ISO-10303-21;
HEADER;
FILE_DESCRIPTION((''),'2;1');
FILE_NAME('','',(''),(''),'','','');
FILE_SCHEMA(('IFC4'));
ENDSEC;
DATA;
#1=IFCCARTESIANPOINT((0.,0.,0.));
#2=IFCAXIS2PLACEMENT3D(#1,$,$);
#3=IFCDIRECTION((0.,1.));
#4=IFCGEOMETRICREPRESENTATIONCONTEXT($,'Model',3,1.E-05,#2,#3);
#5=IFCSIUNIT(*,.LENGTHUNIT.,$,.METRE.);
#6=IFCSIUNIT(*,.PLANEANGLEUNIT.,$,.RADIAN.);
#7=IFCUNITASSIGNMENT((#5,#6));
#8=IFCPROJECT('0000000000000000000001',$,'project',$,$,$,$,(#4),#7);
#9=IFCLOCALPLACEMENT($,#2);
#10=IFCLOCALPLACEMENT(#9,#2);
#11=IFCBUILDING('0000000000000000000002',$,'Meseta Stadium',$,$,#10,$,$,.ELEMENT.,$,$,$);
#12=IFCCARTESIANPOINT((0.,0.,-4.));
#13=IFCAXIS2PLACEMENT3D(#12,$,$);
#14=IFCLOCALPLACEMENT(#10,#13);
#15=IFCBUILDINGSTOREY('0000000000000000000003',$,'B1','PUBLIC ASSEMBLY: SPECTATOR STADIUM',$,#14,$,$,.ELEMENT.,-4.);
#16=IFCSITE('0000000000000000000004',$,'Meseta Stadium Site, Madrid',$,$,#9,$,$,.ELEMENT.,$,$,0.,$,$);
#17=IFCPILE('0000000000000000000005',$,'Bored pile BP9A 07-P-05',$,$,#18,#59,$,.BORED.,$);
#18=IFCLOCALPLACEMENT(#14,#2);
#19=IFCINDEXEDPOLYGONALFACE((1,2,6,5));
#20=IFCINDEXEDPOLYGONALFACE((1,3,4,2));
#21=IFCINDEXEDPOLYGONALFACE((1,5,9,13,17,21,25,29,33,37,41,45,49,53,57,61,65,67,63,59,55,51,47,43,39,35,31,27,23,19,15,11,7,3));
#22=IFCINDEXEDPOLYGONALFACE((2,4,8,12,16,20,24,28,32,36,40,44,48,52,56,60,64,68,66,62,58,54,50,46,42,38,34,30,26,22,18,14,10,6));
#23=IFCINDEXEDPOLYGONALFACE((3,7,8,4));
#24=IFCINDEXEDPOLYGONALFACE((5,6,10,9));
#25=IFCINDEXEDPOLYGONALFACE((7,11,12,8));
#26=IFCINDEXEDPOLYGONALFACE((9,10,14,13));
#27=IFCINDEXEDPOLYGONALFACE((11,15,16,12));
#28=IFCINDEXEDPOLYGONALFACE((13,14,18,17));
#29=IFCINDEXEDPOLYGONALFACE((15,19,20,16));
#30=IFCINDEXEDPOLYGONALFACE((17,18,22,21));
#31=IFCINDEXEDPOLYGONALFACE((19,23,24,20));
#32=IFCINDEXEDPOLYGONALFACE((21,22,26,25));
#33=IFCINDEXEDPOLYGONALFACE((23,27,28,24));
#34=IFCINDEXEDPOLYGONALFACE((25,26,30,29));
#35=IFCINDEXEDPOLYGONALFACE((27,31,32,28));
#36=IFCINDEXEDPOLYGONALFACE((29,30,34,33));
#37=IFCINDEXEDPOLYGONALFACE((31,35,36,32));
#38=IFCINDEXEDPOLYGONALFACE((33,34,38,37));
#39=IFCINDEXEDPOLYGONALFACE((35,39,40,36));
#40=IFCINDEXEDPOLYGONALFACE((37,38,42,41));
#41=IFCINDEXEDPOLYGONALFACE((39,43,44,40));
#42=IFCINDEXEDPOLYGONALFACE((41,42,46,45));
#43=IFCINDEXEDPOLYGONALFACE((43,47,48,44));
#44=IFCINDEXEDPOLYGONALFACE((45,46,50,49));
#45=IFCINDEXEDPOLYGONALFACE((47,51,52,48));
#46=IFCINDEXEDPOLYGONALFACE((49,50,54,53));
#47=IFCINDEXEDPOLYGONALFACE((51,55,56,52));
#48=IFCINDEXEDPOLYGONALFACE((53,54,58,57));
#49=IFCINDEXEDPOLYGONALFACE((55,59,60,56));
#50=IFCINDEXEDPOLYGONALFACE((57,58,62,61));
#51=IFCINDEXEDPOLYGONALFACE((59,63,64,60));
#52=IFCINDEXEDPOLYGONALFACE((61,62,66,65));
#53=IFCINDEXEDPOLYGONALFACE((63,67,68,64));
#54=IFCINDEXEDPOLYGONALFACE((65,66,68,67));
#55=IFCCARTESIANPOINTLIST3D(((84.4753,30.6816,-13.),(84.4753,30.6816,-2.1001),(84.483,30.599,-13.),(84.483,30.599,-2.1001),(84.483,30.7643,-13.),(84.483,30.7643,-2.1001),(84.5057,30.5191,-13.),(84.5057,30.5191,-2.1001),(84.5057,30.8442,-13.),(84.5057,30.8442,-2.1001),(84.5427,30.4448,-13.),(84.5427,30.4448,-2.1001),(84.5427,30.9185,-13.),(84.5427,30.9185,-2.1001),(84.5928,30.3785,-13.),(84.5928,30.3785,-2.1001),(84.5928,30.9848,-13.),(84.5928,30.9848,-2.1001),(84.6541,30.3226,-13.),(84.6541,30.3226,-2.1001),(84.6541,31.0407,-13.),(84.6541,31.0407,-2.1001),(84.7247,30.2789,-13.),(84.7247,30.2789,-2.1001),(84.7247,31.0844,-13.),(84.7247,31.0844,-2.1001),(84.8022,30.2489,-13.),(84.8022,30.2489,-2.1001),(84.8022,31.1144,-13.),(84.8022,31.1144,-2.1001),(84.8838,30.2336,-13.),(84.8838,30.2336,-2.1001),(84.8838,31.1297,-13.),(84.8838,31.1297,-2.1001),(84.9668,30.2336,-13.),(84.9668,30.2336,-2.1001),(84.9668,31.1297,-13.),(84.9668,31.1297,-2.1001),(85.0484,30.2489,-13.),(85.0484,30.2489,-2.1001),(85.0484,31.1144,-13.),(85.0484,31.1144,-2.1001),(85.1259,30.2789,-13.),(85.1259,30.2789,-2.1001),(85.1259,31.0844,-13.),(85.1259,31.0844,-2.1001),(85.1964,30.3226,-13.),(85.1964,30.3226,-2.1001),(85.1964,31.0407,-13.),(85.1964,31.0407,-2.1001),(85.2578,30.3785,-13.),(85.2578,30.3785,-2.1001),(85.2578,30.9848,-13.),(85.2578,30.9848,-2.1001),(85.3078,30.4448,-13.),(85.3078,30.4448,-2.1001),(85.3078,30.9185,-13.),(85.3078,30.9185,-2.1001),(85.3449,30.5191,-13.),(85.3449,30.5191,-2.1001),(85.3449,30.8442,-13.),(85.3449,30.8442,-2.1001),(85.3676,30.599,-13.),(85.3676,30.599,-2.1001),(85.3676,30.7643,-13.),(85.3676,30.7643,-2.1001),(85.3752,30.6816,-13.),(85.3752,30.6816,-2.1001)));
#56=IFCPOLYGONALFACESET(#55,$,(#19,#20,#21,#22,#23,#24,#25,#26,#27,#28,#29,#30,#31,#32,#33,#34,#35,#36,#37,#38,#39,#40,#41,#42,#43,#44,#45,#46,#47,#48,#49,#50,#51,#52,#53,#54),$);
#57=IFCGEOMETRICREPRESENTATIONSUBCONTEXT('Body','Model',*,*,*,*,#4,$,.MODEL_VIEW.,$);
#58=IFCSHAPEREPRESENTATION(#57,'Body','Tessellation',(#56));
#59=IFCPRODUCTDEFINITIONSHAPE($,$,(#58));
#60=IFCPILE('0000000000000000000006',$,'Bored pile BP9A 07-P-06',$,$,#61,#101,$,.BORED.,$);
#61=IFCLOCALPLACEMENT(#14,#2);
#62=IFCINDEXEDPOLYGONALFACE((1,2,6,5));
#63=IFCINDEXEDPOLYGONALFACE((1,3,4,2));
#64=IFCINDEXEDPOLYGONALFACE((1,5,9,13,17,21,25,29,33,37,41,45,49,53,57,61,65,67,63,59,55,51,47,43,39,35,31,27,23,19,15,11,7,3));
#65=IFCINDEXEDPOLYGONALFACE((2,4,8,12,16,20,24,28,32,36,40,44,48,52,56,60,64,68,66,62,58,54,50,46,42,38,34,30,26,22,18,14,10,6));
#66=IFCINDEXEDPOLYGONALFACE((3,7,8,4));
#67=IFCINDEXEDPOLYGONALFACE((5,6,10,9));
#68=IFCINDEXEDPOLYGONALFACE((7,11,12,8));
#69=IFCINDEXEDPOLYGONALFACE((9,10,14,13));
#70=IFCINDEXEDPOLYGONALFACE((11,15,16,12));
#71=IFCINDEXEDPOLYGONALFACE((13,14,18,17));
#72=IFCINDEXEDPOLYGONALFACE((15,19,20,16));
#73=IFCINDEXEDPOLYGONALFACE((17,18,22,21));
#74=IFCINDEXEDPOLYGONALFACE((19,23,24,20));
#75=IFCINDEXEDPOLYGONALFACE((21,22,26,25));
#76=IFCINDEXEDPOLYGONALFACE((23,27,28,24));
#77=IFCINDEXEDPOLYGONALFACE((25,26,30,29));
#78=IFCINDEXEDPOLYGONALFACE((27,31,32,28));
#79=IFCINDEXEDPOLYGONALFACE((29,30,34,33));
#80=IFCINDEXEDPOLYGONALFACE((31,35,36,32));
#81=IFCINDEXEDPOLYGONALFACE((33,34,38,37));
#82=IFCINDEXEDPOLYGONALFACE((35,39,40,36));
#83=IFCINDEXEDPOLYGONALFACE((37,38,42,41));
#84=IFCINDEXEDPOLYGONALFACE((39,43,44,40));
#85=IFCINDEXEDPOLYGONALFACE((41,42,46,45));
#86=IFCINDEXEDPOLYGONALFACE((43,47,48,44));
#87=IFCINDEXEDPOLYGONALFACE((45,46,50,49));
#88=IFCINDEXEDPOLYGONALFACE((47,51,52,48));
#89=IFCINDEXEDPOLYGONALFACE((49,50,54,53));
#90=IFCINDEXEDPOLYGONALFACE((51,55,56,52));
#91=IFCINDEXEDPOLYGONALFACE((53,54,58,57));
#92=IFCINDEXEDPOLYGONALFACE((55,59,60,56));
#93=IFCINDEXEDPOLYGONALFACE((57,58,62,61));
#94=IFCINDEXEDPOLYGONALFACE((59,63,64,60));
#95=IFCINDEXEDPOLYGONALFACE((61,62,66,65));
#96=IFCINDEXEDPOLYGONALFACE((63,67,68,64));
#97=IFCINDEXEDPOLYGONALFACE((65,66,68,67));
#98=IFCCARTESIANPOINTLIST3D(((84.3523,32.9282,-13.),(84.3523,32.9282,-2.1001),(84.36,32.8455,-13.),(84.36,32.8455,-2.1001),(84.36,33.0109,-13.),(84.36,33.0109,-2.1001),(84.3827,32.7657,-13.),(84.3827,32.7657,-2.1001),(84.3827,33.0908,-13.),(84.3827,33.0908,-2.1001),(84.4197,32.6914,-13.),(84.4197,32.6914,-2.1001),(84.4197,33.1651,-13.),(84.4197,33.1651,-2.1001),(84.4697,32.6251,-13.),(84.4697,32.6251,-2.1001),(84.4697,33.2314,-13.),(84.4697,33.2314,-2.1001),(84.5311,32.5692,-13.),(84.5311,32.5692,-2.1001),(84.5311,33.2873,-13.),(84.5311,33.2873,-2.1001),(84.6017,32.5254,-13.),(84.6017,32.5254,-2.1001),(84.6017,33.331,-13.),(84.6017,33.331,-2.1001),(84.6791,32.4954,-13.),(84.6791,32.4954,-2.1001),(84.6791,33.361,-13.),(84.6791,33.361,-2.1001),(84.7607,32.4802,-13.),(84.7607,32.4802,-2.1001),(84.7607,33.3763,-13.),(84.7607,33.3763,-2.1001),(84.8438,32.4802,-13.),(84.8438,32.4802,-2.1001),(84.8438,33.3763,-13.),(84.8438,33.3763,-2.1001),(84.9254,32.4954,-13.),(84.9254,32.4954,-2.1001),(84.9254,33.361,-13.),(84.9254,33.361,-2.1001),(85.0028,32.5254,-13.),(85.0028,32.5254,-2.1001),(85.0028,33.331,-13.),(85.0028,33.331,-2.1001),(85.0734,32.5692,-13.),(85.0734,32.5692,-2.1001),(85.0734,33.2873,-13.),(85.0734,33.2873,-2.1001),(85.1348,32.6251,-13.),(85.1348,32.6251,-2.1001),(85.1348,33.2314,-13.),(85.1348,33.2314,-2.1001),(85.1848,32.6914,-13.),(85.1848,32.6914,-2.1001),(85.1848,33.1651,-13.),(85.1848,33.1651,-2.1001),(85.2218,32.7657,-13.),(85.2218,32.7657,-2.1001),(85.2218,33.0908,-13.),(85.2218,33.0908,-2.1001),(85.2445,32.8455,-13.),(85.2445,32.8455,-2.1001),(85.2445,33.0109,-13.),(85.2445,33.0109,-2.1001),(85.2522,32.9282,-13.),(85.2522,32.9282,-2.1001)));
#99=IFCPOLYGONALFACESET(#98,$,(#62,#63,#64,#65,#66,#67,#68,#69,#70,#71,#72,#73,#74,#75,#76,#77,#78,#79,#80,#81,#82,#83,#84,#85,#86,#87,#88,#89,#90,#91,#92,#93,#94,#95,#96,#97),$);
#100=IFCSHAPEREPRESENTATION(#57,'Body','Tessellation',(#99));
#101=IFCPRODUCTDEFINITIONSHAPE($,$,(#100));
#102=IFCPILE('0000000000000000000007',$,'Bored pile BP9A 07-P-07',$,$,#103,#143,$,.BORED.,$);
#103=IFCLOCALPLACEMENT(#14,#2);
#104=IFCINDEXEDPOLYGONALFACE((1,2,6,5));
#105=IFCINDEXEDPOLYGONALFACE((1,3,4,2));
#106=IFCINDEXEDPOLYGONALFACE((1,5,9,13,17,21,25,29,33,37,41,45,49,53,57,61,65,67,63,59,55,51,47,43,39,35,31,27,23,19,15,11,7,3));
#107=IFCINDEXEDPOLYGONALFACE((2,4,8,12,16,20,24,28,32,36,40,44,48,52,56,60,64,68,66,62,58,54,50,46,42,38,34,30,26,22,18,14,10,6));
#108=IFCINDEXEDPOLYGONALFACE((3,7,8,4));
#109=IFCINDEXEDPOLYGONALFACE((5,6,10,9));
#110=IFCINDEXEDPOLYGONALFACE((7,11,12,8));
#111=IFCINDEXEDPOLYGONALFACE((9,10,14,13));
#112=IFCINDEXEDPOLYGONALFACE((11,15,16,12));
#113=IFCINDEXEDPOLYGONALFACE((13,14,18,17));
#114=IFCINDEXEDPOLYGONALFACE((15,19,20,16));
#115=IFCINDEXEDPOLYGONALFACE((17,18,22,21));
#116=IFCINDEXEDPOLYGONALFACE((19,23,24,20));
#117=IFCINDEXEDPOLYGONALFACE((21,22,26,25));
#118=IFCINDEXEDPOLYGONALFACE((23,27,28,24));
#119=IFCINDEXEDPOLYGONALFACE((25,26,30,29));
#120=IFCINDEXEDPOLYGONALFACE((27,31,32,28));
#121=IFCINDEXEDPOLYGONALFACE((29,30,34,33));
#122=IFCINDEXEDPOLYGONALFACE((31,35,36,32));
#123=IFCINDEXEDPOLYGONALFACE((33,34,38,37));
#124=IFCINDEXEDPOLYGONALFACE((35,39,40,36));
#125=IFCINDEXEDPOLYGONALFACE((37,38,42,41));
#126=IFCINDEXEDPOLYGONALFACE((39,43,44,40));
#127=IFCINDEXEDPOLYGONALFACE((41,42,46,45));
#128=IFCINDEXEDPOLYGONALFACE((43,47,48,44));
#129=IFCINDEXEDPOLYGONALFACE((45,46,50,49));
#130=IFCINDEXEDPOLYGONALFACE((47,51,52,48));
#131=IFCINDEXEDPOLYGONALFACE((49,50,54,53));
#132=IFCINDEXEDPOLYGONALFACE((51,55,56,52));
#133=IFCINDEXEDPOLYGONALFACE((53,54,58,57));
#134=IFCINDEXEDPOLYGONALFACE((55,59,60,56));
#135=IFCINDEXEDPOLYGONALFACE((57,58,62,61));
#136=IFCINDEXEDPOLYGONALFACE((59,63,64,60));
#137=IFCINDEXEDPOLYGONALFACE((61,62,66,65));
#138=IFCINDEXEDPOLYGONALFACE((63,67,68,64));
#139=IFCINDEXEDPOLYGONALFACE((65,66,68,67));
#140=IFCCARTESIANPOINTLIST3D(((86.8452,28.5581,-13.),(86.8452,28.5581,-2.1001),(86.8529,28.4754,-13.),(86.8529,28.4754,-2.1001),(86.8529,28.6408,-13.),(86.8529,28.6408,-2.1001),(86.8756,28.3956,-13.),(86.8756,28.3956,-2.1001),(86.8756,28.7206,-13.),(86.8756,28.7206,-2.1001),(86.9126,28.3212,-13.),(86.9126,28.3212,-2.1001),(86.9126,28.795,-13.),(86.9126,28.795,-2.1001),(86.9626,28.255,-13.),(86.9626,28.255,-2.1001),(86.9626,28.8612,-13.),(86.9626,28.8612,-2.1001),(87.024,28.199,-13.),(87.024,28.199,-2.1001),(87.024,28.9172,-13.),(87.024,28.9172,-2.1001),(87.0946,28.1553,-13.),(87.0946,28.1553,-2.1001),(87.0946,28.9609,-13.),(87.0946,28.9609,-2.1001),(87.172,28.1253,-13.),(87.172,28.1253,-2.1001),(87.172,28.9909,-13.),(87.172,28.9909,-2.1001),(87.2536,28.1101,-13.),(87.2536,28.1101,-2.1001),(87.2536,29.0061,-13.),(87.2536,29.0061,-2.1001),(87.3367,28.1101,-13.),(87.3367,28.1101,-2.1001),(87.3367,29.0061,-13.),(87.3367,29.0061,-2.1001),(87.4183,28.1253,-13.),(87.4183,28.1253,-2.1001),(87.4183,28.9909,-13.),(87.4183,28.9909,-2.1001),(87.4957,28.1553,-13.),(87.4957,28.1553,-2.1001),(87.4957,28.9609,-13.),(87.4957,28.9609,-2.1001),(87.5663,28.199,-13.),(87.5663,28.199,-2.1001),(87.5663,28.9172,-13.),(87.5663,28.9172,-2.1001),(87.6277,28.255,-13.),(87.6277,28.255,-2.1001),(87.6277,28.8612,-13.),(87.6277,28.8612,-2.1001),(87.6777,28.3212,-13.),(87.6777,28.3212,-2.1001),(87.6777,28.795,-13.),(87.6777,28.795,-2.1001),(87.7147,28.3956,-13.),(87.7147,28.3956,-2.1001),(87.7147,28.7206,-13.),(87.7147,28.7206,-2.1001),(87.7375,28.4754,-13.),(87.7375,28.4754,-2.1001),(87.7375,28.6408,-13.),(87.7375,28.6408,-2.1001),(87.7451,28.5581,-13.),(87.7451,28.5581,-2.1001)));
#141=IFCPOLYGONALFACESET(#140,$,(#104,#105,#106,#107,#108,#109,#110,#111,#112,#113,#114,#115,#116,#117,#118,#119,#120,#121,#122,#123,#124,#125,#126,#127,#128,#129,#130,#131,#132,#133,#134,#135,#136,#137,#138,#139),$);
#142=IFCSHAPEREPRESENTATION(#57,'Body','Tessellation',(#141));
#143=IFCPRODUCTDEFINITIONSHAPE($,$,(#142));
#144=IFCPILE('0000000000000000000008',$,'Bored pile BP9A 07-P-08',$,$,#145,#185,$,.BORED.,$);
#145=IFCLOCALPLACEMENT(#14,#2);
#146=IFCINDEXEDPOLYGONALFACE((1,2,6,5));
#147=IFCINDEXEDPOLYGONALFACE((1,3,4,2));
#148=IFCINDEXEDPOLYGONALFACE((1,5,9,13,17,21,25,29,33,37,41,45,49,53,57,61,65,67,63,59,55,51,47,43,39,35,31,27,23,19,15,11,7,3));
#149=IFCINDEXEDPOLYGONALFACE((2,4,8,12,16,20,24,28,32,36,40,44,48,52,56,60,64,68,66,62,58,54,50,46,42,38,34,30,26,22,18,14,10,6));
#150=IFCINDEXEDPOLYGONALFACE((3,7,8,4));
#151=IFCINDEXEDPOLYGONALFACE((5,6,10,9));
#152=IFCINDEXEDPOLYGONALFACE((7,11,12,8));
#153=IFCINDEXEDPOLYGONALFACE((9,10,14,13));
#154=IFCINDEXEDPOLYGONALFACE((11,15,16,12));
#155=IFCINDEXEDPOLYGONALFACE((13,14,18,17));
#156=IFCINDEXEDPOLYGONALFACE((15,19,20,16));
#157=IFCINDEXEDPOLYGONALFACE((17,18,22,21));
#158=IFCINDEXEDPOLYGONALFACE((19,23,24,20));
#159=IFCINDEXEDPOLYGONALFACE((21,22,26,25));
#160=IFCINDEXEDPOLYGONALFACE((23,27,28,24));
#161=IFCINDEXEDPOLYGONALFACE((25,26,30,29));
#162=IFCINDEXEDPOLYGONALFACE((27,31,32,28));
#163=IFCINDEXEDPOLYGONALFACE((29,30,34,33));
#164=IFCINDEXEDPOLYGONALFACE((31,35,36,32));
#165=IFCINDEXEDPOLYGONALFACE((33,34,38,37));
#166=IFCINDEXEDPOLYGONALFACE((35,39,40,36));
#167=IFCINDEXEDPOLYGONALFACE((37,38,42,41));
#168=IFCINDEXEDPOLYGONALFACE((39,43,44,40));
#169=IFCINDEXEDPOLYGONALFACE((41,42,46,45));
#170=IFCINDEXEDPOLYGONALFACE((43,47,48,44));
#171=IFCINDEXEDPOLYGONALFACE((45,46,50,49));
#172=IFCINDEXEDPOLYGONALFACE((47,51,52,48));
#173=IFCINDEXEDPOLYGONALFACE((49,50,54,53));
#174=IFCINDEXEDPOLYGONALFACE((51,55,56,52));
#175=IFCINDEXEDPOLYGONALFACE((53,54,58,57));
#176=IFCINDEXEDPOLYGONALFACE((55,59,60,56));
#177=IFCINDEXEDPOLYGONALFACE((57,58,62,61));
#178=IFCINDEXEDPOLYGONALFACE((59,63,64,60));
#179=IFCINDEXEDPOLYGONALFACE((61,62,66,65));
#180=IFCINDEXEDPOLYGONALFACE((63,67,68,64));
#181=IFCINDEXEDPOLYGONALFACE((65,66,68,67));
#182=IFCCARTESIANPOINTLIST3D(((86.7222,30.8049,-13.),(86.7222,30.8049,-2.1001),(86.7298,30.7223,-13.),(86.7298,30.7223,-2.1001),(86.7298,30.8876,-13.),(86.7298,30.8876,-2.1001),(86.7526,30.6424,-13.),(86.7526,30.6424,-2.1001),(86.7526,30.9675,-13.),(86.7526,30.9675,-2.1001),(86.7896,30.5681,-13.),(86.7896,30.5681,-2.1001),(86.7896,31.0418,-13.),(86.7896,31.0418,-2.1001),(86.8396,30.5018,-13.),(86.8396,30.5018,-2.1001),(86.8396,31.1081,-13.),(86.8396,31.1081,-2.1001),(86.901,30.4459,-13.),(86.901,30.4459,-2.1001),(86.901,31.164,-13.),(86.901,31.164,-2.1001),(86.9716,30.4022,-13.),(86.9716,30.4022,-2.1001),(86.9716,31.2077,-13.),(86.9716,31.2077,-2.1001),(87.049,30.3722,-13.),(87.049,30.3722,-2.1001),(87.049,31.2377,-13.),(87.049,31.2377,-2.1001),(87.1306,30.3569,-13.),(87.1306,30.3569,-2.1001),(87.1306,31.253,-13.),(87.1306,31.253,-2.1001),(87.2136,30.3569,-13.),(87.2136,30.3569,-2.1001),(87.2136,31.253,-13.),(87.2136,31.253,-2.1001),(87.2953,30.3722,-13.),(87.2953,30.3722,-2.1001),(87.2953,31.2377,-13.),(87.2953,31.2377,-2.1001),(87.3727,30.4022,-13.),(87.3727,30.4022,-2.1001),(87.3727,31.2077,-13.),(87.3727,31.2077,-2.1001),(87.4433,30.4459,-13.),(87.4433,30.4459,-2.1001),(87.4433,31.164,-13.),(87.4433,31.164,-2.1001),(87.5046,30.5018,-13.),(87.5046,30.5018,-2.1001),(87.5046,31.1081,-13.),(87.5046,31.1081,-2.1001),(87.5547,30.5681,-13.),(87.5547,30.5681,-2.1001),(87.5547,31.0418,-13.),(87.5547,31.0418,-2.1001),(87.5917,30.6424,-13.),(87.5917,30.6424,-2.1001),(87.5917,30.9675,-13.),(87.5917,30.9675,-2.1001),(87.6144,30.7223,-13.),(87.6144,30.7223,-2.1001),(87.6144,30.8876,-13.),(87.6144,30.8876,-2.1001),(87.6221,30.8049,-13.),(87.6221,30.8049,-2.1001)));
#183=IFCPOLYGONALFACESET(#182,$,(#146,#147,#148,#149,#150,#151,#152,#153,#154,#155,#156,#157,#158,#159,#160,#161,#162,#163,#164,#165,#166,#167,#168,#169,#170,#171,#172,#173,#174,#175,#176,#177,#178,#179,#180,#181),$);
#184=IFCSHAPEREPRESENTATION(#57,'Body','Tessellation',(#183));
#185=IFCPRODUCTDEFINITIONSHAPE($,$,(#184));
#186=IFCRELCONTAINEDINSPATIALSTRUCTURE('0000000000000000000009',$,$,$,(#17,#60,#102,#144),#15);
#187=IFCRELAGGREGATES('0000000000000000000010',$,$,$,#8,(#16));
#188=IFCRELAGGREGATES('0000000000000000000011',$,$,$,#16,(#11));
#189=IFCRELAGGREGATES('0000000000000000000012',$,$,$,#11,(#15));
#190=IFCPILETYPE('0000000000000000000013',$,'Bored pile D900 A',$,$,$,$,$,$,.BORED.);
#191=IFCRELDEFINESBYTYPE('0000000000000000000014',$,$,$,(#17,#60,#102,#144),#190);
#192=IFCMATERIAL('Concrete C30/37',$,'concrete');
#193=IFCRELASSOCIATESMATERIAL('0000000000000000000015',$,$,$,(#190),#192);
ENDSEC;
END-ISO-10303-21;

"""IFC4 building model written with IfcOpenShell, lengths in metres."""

from ifc_helpers import new_model, si_unit, direction, frame, origin, origin_2d, place, context, subcontext, project, spatial, circle, extrude, material, material_profile, profile_set, type_object, element, save


model = new_model("IFC4")

# Units and contexts
model_context = context("Model", 3, precision=1e-05, world=origin(), true_north=direction((0.0, 1.0)))
body_context = subcontext(model_context, "Body", "Model", "MODEL_VIEW")
ifc_project = project(units=[si_unit("LENGTHUNIT", "METRE"), si_unit("PLANEANGLEUNIT", "RADIAN")], contexts=[model_context])

# Site, building, storey
site_placement = place(None, origin())
site = spatial("IfcSite", under=ifc_project, at=site_placement, Name="Meseta Stadium Site, Madrid", CompositionType="ELEMENT", RefElevation=0.0)
building_placement = place(site_placement, origin())
building = spatial("IfcBuilding", under=site, at=building_placement, Name="Meseta Stadium", CompositionType="ELEMENT")
storey_placement = place(building_placement, frame((0.0, 0.0, -4.0)))
storey = spatial("IfcBuildingStorey", under=building, at=storey_placement, Name="B1", Description="PUBLIC ASSEMBLY: SPECTATOR STADIUM", CompositionType="ELEMENT", Elevation=-4.0)

# Piles
ifc_material_1 = material(Name="Concrete C30/37", Category="concrete")
ifc_material_profile_1 = material_profile(ifc_material_1, circle(Radius=0.45, at=origin_2d()), Name="D900")
ifc_profile_set_1 = profile_set([ifc_material_profile_1], Name="Concrete C30/37")
pile_type = type_object("IfcPileType", Name="Bored pile D900 A", PredefinedType="BORED", material=ifc_profile_set_1)
for number, where, z_axis, x_axis, name in (
    (1, (84.9253, 30.6816, -2.1001), (0.0, 0.0, -1.0), (1.0, 0.0, 0.0), "Bored pile BP9A 07-P-05"),
    (2, (84.8022, 32.9282, -2.1001), (0.0, 0.0, -1.0), (1.0, 0.0, 0.0), "Bored pile BP9A 07-P-06"),
    (3, (87.2952, 28.5581, -2.1001), (0.0, 0.0, -1.0), (1.0, 0.0, 0.0), "Bored pile BP9A 07-P-07"),
    (4, (87.1721, 30.8049, -2.1001), (0.0, 0.0, -1.0), (1.0, 0.0, 0.0), "Bored pile BP9A 07-P-08"),
):
    element("IfcPile", number, at=place(storey_placement, frame(where, z_axis=z_axis, x_axis=x_axis)), inside=storey, type_object=pile_type, Name=name, PredefinedType="BORED", context=body_context, shape_type="SweptSolid", body=[
        extrude(circle(Radius=0.45, at=origin_2d()), origin(), (0.0, 0.0, 1.0), 10.8999),
    ])

save(model, "model.ifc")
